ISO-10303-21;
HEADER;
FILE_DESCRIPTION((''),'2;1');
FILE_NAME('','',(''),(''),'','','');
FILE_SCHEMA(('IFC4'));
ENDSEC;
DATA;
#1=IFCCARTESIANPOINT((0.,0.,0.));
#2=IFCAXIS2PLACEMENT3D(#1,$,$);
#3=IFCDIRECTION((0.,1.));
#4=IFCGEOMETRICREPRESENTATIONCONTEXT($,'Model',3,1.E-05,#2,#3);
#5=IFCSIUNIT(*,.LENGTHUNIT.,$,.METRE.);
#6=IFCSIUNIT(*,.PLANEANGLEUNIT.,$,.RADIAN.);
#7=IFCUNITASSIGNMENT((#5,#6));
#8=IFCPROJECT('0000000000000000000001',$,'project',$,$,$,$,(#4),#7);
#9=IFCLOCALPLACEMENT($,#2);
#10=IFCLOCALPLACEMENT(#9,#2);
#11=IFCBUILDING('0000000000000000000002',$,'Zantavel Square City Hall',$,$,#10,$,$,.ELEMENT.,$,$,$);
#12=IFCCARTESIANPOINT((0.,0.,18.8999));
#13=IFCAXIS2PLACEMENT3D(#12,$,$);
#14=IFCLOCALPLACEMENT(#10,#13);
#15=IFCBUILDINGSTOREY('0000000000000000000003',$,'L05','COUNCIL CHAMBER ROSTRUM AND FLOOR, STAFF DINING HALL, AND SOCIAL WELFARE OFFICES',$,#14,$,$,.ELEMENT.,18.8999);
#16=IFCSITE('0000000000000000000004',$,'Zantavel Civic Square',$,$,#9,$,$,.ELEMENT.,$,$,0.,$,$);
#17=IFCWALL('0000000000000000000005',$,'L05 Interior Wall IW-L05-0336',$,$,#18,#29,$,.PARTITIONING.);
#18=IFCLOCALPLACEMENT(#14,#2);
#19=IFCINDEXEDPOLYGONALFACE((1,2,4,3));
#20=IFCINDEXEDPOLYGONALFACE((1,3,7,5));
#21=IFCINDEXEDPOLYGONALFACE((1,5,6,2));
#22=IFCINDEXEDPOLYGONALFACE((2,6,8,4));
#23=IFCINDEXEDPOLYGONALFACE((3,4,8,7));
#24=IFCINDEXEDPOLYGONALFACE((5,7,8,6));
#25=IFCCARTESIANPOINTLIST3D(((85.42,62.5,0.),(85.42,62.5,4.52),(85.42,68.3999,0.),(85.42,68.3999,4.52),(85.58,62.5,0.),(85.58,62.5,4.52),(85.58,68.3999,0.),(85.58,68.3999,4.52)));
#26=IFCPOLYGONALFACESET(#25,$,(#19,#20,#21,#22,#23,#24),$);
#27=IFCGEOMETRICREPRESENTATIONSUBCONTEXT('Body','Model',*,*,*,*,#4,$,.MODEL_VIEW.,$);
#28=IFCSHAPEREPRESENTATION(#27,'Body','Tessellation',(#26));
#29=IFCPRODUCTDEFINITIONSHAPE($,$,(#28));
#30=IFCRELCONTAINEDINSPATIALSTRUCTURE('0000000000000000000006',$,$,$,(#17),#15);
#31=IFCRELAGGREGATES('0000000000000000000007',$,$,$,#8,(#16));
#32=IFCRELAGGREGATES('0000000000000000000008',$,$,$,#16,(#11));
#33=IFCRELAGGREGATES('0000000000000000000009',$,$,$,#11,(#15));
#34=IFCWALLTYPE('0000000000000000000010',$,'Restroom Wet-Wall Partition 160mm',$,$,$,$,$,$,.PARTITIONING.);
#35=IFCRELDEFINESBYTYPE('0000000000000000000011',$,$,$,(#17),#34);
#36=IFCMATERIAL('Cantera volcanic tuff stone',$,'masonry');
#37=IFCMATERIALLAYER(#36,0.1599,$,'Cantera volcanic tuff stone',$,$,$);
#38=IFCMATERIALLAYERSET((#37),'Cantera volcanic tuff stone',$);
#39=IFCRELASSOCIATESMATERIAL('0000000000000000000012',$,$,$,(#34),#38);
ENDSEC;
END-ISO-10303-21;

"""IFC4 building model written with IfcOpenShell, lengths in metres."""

from ifc_helpers import new_model, si_unit, direction, frame, frame_2d, origin, place, context, subcontext, project, spatial, rectangle, extrude, material, layer, layer_set, type_object, element, save


model = new_model("IFC4")

# Units and contexts
model_context = context("Model", 3, precision=1e-05, world=origin(), true_north=direction((0.0, 1.0)))
body_context = subcontext(model_context, "Body", "Model", "MODEL_VIEW")
ifc_project = project(units=[si_unit("LENGTHUNIT", "METRE"), si_unit("PLANEANGLEUNIT", "RADIAN")], contexts=[model_context])

# Site, building, storey
site_placement = place(None, origin())
site = spatial("IfcSite", under=ifc_project, at=site_placement, Name="Zantavel Civic Square", CompositionType="ELEMENT", RefElevation=0.0)
building_placement = place(site_placement, origin())
building = spatial("IfcBuilding", under=site, at=building_placement, Name="Zantavel Square City Hall", CompositionType="ELEMENT")
storey_placement = place(building_placement, frame((0.0, 0.0, 18.8999)))
storey = spatial("IfcBuildingStorey", under=building, at=storey_placement, Name="L05", Description="COUNCIL CHAMBER ROSTRUM AND FLOOR, STAFF DINING HALL, AND SOCIAL WELFARE OFFICES", CompositionType="ELEMENT", Elevation=18.8999)

# Shared definitions
ifc_material_1 = material(Name="Cantera volcanic tuff stone", Category="masonry")

# Wall
ifc_layer_1 = layer(ifc_material_1, 0.1599, Name="Cantera volcanic tuff stone")
ifc_layer_set_1 = layer_set([ifc_layer_1], Name="Cantera volcanic tuff stone")
wall_type_1 = type_object("IfcWallType", Name="Restroom Wet-Wall Partition 160mm", PredefinedType="PARTITIONING", material=ifc_layer_set_1)
wall_1_placement = place(storey_placement, frame((85.5, 68.3999, 0.0), z_axis=(0.0, 0.0, 1.0), x_axis=(0.0, -1.0, 0.0)))
element("IfcWall", 1, at=wall_1_placement, inside=storey, type_object=wall_type_1, Name="L05 Interior Wall IW-L05-0336", PredefinedType="PARTITIONING", context=body_context, shape_type="SweptSolid", body=[
    extrude(rectangle(XDim=5.8999, YDim=0.1599, at=frame_2d((2.95, 0.0))), origin(), (0.0, 0.0, 1.0), 4.52),
])

save(model, "model.ifc")
